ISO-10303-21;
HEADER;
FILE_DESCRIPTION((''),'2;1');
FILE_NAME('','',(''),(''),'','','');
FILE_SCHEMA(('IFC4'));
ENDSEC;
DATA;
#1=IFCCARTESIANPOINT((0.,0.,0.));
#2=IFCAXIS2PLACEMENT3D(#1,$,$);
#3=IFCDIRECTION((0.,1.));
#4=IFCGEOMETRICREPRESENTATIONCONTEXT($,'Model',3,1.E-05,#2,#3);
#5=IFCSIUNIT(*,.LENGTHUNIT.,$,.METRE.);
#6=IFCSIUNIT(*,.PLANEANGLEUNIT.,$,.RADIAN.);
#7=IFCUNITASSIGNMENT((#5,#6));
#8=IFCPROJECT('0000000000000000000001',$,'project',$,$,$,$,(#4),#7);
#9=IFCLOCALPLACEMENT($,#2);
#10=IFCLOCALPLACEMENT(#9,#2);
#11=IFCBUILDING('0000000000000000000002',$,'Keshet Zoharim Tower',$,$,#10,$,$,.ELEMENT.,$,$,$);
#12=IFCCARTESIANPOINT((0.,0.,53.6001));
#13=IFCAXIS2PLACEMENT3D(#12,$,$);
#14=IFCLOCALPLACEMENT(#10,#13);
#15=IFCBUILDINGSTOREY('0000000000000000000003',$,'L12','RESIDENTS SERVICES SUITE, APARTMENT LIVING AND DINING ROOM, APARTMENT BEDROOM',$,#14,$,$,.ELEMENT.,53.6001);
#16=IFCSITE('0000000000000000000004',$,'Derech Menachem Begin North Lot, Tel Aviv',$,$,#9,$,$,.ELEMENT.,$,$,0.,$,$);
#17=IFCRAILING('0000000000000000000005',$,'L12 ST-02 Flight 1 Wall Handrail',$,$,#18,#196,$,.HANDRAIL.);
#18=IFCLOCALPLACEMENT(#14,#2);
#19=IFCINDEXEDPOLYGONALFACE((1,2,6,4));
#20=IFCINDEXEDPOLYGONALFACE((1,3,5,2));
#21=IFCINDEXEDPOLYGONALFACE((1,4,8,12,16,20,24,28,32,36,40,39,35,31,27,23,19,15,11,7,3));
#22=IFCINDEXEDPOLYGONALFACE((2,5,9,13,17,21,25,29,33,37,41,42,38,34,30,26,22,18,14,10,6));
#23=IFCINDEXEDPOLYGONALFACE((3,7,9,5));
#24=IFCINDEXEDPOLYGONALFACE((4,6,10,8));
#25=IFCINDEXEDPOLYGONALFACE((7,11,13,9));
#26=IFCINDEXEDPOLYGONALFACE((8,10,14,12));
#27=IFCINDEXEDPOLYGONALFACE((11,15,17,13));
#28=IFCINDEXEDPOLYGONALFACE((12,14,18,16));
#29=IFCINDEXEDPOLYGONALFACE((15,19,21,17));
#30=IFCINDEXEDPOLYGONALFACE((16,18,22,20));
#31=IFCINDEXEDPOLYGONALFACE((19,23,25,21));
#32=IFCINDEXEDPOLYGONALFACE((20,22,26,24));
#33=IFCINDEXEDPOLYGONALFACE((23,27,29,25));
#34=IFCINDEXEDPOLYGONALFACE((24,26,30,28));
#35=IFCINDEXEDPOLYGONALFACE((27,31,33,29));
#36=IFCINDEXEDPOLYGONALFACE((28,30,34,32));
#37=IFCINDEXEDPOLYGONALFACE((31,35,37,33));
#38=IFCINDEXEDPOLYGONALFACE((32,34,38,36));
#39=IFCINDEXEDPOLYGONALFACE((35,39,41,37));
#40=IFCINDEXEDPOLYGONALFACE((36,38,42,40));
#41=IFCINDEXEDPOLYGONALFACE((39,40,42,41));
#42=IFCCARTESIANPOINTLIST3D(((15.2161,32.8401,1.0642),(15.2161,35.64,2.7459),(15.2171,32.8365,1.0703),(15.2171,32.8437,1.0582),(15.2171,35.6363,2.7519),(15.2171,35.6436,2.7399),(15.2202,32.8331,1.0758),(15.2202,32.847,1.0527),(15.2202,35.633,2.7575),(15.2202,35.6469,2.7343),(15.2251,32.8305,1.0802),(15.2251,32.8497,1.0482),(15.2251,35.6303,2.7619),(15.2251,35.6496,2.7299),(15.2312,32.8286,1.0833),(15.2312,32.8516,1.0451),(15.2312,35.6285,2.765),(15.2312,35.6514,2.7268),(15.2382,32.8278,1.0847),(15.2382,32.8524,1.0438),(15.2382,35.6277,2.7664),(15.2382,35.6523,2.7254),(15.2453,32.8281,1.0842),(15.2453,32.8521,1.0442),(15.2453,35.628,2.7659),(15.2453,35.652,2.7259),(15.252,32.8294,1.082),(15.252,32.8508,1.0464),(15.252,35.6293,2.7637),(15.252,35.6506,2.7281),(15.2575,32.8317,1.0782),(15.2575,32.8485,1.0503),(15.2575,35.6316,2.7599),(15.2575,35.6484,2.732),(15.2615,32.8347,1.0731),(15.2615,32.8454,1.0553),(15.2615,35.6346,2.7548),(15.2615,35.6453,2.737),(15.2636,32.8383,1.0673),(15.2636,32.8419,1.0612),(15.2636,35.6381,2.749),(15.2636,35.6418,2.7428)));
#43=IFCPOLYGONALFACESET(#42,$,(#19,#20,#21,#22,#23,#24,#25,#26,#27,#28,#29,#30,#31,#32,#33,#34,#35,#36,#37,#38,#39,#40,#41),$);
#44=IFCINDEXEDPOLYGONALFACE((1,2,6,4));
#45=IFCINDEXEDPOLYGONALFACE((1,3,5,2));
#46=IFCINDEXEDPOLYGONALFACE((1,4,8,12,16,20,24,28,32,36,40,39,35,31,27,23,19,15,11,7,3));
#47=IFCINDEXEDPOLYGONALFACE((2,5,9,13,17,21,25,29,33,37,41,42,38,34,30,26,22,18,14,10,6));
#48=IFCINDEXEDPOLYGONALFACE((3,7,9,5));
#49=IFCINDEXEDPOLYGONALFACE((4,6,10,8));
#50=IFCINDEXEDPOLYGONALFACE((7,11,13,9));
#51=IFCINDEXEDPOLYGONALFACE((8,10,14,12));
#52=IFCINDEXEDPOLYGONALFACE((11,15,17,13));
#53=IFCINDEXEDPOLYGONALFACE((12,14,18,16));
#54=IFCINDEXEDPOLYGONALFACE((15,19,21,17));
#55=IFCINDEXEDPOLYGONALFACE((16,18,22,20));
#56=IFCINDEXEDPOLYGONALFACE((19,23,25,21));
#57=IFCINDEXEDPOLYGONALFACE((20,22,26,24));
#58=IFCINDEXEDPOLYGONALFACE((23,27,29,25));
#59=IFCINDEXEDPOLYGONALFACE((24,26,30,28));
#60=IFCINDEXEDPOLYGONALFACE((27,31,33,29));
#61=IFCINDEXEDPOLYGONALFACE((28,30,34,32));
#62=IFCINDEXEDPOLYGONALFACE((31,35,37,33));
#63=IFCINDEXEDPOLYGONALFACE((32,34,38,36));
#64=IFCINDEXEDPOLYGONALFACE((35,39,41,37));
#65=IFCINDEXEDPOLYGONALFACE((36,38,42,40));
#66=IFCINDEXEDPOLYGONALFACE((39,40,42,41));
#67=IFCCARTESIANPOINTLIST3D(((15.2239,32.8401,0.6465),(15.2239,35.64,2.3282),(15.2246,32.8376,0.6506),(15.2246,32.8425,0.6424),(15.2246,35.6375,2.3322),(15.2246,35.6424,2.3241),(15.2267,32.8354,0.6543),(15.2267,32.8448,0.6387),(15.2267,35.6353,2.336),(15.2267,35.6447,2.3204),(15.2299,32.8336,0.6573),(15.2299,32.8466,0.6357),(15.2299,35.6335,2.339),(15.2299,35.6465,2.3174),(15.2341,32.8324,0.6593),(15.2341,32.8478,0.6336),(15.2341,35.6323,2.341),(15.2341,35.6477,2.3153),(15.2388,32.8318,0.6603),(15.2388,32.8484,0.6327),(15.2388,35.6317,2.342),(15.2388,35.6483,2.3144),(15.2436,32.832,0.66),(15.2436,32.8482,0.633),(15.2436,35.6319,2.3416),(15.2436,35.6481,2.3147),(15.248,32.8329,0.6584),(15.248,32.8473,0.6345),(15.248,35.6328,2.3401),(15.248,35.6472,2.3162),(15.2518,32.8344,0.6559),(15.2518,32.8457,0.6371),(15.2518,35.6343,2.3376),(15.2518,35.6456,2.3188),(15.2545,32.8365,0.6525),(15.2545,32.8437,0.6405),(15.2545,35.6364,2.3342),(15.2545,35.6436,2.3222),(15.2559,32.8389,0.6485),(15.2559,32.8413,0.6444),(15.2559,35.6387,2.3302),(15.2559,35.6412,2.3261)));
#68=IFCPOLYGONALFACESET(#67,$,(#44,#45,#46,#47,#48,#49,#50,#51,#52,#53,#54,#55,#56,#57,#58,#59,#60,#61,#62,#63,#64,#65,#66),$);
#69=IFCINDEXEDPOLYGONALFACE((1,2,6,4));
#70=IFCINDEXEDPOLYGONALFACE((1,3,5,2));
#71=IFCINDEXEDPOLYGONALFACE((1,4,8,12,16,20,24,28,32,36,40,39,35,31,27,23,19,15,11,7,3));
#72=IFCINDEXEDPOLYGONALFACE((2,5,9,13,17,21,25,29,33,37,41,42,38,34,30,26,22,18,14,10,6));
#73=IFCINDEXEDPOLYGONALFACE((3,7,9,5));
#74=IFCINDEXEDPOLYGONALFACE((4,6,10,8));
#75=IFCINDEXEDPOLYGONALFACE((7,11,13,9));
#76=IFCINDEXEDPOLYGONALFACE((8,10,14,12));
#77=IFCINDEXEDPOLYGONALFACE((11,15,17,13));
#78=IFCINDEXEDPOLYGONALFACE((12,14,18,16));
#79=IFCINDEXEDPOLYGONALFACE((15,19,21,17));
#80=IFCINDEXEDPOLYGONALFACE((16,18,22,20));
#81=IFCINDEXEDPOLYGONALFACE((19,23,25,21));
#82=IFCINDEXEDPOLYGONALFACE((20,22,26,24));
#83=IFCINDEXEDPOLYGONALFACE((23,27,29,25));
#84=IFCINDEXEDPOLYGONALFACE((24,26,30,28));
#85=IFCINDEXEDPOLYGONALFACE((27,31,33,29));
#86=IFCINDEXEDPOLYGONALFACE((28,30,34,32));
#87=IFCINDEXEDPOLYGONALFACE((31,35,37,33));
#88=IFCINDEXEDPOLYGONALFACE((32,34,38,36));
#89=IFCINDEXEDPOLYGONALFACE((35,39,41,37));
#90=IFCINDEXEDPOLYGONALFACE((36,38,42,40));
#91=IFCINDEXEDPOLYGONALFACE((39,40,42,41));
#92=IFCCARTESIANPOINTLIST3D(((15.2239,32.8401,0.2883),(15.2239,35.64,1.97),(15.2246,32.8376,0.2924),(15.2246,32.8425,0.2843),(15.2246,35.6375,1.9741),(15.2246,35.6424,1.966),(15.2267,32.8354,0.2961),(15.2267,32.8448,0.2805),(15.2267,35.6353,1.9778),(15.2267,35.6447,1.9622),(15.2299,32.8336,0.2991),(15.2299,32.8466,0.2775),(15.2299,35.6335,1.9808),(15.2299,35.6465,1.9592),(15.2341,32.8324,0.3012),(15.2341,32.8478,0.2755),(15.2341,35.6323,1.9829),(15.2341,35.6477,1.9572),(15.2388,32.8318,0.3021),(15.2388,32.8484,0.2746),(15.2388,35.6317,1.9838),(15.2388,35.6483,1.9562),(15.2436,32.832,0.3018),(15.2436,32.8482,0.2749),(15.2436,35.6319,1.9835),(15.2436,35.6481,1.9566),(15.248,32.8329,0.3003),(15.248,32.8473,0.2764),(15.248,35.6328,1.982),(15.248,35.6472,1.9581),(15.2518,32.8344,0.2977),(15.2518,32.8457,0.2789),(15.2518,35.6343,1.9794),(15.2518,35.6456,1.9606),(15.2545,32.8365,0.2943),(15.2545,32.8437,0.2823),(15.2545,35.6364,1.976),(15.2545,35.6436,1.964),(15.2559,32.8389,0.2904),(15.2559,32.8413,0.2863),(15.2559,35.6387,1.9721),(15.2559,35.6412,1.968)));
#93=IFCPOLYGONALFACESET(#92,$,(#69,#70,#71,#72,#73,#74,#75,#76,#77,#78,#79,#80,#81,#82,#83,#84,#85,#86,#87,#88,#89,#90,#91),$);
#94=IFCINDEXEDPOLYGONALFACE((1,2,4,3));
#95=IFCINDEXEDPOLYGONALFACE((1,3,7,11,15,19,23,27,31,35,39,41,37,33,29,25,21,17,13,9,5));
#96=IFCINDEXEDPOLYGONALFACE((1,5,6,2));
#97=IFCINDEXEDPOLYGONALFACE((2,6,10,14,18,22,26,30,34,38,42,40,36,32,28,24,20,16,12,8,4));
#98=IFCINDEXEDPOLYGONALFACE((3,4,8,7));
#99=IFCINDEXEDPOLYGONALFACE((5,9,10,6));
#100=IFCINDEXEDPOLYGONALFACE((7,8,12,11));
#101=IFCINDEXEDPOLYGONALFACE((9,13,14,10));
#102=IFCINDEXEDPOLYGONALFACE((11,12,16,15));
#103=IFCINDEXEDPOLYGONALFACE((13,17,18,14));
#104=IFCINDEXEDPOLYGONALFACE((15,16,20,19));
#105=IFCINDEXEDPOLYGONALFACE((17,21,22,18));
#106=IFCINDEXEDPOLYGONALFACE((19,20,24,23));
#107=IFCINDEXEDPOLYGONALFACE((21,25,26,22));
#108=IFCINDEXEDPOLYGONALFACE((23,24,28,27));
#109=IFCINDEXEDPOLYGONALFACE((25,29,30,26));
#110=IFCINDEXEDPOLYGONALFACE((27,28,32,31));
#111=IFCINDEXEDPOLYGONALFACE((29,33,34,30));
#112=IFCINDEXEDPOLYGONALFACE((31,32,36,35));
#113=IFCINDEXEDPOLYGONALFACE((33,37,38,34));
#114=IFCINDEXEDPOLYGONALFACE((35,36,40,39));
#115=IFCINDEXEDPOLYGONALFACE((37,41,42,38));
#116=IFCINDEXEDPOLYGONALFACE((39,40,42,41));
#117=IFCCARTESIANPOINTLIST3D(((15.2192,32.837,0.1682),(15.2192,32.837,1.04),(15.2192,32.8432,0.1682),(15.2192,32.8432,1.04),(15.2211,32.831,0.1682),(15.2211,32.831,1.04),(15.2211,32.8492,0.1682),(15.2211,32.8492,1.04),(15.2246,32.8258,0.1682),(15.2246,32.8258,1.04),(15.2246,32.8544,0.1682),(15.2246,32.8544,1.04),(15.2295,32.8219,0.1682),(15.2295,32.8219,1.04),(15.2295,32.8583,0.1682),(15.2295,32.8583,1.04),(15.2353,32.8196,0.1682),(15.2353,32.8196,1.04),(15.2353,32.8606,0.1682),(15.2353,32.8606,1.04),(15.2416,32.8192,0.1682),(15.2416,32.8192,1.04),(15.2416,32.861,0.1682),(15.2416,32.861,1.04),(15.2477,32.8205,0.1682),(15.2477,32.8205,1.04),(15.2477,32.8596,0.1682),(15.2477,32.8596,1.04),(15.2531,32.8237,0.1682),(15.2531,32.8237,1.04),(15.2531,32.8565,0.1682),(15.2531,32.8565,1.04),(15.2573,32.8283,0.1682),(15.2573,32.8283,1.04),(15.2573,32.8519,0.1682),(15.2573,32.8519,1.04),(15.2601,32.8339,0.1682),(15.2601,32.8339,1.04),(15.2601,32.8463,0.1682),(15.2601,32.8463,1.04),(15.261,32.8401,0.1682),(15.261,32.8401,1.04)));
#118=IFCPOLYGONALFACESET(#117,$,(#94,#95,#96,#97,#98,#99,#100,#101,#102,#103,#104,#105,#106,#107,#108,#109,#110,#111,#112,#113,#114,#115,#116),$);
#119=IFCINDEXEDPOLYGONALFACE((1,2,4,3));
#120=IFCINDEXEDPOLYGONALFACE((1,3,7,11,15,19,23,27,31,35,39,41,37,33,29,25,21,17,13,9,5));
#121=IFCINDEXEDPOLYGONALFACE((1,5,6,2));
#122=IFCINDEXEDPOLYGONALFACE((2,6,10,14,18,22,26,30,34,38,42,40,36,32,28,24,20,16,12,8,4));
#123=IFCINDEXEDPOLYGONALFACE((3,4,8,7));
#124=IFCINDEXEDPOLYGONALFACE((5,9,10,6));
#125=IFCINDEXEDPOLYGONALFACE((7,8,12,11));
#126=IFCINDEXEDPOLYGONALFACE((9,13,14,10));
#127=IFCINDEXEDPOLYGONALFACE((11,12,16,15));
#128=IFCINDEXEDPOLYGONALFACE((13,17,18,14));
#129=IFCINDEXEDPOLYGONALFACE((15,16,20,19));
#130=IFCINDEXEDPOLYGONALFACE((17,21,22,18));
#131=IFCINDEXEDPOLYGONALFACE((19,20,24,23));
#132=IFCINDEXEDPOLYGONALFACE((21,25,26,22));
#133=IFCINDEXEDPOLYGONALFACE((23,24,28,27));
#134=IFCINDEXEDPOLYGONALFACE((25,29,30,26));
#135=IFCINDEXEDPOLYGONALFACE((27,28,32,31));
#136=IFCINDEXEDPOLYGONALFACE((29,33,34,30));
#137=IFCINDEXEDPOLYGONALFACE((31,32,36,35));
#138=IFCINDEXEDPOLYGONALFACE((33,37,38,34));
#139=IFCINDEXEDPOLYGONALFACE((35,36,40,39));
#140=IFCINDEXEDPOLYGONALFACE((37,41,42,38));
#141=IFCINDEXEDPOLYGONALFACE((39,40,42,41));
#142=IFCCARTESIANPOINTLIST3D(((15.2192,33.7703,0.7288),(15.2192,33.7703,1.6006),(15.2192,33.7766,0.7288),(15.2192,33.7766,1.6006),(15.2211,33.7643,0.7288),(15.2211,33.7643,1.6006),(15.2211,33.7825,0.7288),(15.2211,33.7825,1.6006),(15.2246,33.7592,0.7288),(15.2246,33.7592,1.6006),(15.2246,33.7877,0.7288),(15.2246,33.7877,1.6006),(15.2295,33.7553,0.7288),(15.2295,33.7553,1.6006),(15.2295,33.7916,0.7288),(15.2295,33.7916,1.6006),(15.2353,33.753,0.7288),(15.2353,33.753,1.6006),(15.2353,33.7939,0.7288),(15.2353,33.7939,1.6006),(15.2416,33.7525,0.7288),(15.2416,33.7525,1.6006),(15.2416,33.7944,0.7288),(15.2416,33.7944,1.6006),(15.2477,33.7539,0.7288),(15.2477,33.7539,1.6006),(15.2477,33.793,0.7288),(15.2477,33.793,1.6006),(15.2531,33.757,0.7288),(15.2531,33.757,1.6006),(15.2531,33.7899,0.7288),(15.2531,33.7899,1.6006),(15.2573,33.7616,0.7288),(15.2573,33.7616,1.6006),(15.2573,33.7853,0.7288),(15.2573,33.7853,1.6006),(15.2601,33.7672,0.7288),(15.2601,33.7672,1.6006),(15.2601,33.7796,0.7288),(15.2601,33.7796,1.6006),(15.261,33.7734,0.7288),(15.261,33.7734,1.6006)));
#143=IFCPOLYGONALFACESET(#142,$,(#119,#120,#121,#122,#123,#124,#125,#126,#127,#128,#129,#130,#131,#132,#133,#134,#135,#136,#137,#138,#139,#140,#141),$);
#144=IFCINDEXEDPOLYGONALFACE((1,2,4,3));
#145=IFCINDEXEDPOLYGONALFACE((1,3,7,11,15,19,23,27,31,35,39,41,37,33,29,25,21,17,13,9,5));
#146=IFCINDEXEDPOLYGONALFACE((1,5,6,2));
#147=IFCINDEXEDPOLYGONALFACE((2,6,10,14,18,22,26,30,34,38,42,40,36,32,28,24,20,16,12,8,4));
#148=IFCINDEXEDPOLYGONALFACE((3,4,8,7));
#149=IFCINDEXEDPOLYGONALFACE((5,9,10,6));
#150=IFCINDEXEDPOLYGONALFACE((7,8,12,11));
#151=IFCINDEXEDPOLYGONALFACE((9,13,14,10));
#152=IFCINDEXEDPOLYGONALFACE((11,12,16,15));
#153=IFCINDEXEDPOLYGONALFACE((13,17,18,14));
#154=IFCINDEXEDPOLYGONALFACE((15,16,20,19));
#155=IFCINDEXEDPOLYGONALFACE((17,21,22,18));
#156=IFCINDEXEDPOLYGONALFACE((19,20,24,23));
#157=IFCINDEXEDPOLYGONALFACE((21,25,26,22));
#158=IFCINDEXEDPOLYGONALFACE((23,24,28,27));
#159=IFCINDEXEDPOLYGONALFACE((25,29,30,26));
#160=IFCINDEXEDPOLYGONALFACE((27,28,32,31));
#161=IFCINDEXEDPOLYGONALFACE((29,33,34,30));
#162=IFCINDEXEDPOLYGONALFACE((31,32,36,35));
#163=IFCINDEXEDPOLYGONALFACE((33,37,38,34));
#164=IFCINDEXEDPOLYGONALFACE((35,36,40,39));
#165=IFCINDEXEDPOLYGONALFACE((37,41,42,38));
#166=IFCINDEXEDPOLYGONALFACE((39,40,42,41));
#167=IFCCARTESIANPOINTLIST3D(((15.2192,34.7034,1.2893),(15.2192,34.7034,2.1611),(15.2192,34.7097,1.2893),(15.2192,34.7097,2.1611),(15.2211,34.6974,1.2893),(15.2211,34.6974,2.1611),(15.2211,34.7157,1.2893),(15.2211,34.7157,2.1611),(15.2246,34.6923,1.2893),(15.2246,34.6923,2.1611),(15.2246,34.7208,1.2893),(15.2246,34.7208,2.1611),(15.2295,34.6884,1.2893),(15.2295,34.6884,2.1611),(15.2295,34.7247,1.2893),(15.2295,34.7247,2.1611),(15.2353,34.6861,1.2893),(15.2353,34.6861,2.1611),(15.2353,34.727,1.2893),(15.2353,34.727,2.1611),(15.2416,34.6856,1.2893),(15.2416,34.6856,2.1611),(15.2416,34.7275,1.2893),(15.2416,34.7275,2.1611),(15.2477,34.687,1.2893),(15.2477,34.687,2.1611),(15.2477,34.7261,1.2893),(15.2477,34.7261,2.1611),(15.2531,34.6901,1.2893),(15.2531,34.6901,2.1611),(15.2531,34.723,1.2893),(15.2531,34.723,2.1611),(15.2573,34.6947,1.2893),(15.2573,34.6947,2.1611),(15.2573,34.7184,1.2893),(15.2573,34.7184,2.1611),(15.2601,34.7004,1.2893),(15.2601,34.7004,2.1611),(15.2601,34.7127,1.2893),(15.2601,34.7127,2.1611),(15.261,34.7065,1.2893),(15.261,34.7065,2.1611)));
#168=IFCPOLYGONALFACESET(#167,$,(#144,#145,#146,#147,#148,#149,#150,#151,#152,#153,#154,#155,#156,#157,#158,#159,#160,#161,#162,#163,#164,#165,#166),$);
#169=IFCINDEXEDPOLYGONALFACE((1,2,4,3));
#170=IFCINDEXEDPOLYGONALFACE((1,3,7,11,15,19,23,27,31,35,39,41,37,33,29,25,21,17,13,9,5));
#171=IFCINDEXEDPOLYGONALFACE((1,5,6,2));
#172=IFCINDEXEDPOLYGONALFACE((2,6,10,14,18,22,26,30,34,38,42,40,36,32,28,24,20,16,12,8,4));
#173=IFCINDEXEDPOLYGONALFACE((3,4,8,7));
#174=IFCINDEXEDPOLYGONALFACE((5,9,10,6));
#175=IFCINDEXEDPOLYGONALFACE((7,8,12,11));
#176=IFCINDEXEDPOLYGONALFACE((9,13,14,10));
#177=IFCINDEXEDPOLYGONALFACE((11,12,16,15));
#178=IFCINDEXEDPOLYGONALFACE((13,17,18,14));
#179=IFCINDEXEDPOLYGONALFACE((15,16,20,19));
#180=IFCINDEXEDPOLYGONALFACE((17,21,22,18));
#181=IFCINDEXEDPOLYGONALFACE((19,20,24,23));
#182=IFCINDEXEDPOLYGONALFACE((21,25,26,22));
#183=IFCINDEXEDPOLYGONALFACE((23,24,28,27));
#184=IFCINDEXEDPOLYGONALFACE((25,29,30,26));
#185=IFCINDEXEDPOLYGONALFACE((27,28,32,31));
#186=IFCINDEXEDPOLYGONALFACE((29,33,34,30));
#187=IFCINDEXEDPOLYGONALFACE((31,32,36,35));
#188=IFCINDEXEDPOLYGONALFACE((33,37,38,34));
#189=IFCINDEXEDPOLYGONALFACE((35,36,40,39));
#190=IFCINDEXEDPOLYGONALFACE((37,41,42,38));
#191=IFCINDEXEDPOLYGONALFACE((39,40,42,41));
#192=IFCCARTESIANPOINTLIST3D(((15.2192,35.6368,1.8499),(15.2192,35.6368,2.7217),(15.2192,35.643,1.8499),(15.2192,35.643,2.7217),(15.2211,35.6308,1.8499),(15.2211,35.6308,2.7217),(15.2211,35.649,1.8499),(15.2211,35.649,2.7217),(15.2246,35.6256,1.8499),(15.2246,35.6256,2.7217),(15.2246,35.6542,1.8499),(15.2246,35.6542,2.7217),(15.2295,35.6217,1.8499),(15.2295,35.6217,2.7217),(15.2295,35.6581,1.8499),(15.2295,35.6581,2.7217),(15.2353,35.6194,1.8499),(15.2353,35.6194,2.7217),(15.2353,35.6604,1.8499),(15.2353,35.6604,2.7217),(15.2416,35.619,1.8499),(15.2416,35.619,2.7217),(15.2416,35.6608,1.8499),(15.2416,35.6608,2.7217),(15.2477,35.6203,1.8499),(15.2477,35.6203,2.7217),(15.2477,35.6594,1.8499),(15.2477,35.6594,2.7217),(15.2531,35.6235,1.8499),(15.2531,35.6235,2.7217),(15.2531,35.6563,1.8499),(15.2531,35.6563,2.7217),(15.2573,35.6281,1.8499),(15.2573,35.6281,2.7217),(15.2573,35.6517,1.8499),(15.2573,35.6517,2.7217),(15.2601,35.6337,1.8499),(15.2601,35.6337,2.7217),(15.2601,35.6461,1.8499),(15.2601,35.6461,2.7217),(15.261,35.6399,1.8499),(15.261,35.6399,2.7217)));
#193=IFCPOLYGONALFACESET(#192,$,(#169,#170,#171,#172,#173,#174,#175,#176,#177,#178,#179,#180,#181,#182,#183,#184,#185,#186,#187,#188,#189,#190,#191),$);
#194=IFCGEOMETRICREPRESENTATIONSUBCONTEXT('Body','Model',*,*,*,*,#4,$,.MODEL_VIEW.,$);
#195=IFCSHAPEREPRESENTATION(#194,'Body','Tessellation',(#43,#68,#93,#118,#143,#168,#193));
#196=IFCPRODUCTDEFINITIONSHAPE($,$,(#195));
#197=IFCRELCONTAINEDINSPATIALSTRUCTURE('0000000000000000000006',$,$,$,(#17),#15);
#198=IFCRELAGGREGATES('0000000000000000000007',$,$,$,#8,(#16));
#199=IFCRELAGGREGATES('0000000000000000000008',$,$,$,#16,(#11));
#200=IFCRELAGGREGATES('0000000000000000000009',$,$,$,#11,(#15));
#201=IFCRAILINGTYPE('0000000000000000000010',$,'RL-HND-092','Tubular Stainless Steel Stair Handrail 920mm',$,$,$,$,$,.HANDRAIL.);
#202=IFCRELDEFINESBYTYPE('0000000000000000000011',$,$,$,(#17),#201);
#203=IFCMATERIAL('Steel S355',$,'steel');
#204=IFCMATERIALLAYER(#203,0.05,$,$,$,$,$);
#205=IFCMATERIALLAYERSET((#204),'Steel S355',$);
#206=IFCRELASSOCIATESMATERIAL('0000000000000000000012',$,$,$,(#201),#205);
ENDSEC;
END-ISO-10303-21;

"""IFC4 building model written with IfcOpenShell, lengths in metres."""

from ifc_helpers import new_model, si_unit, direction, frame, origin, origin_2d, place, context, subcontext, project, spatial, circle, extrude, material, layer, layer_set, type_object, element, save


model = new_model("IFC4")

# Units and contexts
model_context = context("Model", 3, precision=1e-05, world=origin(), true_north=direction((0.0, 1.0)))
body_context = subcontext(model_context, "Body", "Model", "MODEL_VIEW")
ifc_project = project(units=[si_unit("LENGTHUNIT", "METRE"), si_unit("PLANEANGLEUNIT", "RADIAN")], contexts=[model_context])

# Site, building, storey
site_placement = place(None, origin())
site = spatial("IfcSite", under=ifc_project, at=site_placement, Name="Derech Menachem Begin North Lot, Tel Aviv", CompositionType="ELEMENT", RefElevation=0.0)
building_placement = place(site_placement, origin())
building = spatial("IfcBuilding", under=site, at=building_placement, Name="Keshet Zoharim Tower", CompositionType="ELEMENT")
storey_placement = place(building_placement, frame((0.0, 0.0, 53.6001)))
storey = spatial("IfcBuildingStorey", under=building, at=storey_placement, Name="L12", Description="RESIDENTS SERVICES SUITE, APARTMENT LIVING AND DINING ROOM, APARTMENT BEDROOM", CompositionType="ELEMENT", Elevation=53.6001)

# Railing
ifc_material_1 = material(Name="Steel S355", Category="steel")
ifc_layer_1 = layer(ifc_material_1, 0.05)
ifc_layer_set_1 = layer_set([ifc_layer_1], Name="Steel S355")
railing_type_1 = type_object("IfcRailingType", Name="RL-HND-092", Description="Tubular Stainless Steel Stair Handrail 920mm", PredefinedType="HANDRAIL", material=ifc_layer_set_1)
railing_1_placement = place(storey_placement, frame((15.24, 32.8401, 0.1682)))
element("IfcRailing", 1, at=railing_1_placement, inside=storey, type_object=railing_type_1, Name="L12 ST-02 Flight 1 Wall Handrail", PredefinedType="HANDRAIL", context=body_context, shape_type="SweptSolid", body=[
    extrude(circle(Radius=0.0239, at=origin_2d()), frame((0.0, 0.0, 0.896), z_axis=(0.0, 0.857255, 0.514891), x_axis=(-1.0, 0.0, 0.0)), (0.0, 0.0, 1.0), 3.2661),
    extrude(circle(Radius=0.0161, at=origin_2d()), frame((0.0, 0.0, 0.4783), z_axis=(0.0, 0.857255, 0.514891), x_axis=(-1.0, 0.0, 0.0)), (0.0, 0.0, 1.0), 3.2661),
    extrude(circle(Radius=0.0161, at=origin_2d()), frame((0.0, 0.0, 0.1201), z_axis=(0.0, 0.857255, 0.514891), x_axis=(-1.0, 0.0, 0.0)), (0.0, 0.0, 1.0), 3.2661),
    extrude(circle(Radius=0.021, at=origin_2d()), origin(), (0.0, 0.0, 1.0), 0.8718),
    extrude(circle(Radius=0.021, at=origin_2d()), frame((0.0, 0.9333, 0.5605)), (0.0, 0.0, 1.0), 0.8718),
    extrude(circle(Radius=0.021, at=origin_2d()), frame((0.0, 1.8665, 1.1211)), (0.0, 0.0, 1.0), 0.8718),
    extrude(circle(Radius=0.021, at=origin_2d()), frame((0.0, 2.7998, 1.6816)), (0.0, 0.0, 1.0), 0.8718),
])

save(model, "model.ifc")
